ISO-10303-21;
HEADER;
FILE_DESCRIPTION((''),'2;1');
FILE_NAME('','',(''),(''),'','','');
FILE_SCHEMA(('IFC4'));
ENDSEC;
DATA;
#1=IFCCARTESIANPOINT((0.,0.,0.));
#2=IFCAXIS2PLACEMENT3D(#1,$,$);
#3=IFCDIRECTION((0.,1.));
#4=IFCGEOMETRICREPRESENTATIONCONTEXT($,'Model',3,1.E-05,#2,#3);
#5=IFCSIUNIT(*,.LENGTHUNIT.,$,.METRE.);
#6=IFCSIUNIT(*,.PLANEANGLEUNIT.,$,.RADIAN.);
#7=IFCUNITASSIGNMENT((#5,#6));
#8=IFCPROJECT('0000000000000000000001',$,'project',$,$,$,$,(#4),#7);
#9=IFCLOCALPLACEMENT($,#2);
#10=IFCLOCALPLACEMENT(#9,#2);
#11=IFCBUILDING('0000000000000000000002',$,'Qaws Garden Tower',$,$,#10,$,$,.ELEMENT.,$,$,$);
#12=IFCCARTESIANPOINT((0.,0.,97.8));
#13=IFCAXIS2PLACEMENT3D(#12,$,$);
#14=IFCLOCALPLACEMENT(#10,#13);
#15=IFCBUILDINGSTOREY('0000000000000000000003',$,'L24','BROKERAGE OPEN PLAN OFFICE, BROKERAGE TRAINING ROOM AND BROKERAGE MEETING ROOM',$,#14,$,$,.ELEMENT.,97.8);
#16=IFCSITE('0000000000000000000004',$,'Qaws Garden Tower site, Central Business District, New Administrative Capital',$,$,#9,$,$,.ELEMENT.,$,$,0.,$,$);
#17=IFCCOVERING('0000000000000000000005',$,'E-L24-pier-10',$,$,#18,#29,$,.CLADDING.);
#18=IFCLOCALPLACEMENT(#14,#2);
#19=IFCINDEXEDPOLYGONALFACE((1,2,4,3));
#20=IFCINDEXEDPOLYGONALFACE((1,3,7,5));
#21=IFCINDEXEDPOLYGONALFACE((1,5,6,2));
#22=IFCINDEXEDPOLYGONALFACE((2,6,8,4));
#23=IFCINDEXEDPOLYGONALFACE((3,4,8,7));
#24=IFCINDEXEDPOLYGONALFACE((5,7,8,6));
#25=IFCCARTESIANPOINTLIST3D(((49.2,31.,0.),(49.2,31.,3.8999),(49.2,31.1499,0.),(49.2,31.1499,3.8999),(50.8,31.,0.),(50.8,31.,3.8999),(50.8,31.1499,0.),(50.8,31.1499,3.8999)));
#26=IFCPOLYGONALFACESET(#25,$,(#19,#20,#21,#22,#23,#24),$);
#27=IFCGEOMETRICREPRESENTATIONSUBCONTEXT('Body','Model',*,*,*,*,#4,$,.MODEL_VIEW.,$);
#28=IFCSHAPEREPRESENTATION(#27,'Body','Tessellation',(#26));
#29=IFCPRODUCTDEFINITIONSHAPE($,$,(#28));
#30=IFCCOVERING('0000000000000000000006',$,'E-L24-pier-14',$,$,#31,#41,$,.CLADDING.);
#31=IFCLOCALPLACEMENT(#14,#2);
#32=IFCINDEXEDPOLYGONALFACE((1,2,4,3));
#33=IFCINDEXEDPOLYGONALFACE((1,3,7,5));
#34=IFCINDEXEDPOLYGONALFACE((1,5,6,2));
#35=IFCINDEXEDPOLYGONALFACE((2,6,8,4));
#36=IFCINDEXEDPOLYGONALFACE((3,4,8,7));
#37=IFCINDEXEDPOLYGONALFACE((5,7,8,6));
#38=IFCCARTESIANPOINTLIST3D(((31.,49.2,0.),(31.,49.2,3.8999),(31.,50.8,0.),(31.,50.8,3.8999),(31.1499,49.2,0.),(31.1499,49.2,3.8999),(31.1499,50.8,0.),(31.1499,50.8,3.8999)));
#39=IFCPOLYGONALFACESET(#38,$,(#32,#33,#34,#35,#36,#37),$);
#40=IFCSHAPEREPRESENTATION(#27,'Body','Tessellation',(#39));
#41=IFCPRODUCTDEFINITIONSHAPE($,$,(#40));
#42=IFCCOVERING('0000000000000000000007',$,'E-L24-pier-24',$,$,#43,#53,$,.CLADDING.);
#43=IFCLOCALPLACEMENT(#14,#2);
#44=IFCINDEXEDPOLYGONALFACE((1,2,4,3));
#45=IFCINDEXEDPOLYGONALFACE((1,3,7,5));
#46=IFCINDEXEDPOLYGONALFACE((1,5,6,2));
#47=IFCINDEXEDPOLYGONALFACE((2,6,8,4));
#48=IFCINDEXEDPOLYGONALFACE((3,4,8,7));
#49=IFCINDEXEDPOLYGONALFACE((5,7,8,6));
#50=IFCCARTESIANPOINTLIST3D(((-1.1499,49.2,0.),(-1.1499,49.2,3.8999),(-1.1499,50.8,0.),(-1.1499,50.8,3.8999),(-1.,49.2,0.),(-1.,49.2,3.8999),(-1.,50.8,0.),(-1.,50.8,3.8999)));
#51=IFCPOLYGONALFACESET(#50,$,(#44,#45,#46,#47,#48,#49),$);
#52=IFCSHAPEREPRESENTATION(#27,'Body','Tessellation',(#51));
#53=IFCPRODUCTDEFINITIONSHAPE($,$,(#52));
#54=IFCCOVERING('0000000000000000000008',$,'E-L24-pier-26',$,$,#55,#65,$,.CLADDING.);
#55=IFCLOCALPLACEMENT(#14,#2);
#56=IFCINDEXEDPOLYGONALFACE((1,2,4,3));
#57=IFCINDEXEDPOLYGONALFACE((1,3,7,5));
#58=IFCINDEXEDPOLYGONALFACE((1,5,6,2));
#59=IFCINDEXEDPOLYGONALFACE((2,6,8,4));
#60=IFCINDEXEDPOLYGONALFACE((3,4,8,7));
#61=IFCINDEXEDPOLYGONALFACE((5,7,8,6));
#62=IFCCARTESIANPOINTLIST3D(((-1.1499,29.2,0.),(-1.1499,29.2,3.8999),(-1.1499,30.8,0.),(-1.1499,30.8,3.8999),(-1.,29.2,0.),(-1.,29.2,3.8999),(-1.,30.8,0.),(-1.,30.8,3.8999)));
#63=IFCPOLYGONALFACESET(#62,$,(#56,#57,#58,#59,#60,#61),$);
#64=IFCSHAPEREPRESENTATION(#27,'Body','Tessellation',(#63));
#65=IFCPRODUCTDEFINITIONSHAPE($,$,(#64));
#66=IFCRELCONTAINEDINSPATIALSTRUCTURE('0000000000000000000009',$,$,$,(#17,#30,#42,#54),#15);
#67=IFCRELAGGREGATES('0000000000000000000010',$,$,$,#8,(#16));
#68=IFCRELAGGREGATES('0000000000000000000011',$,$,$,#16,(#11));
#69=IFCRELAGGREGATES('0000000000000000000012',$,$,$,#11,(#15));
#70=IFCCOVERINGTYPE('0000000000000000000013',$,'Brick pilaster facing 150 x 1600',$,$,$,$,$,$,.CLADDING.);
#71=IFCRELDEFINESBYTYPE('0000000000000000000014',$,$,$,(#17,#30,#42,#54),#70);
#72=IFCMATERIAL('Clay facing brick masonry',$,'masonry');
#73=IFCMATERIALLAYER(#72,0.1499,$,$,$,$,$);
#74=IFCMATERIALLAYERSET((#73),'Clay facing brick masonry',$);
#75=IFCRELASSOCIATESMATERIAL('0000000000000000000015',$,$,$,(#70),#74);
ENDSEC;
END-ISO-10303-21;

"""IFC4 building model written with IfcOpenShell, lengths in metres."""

from ifc_helpers import new_model, si_unit, direction, frame, origin, place, context, subcontext, project, spatial, polyline, outline, extrude, material, layer, layer_set, type_object, element, save


model = new_model("IFC4")

# Units and contexts
model_context = context("Model", 3, precision=1e-05, world=origin(), true_north=direction((0.0, 1.0)))
body_context = subcontext(model_context, "Body", "Model", "MODEL_VIEW")
ifc_project = project(units=[si_unit("LENGTHUNIT", "METRE"), si_unit("PLANEANGLEUNIT", "RADIAN")], contexts=[model_context])

# Site, building, storey
site_placement = place(None, origin())
site = spatial("IfcSite", under=ifc_project, at=site_placement, Name="Qaws Garden Tower site, Central Business District, New Administrative Capital", CompositionType="ELEMENT", RefElevation=0.0)
building_placement = place(site_placement, origin())
building = spatial("IfcBuilding", under=site, at=building_placement, Name="Qaws Garden Tower", CompositionType="ELEMENT")
storey_placement = place(building_placement, frame((0.0, 0.0, 97.8)))
storey = spatial("IfcBuildingStorey", under=building, at=storey_placement, Name="L24", Description="BROKERAGE OPEN PLAN OFFICE, BROKERAGE TRAINING ROOM AND BROKERAGE MEETING ROOM", CompositionType="ELEMENT", Elevation=97.8)

# Shared definitions
placement = place(storey_placement, origin())

# Coverings
ifc_material_1 = material(Name="Clay facing brick masonry", Category="masonry")
ifc_layer_1 = layer(ifc_material_1, 0.1499)
ifc_layer_set_1 = layer_set([ifc_layer_1], Name="Clay facing brick masonry")
covering_type = type_object("IfcCoveringType", Name="Brick pilaster facing 150 x 1600", PredefinedType="CLADDING", material=ifc_layer_set_1)
element("IfcCovering", 1, at=placement, inside=storey, type_object=covering_type, Name="E-L24-pier-10", PredefinedType="CLADDING", context=body_context, shape_type="SweptSolid", body=[
    extrude(outline(polyline([(50.8, 31.0), (49.2, 31.0), (49.2, 31.1499), (50.8, 31.1499), (50.8, 31.0)])), origin(), (0.0, 0.0, 1.0), 3.8999),
])
element("IfcCovering", 2, at=placement, inside=storey, type_object=covering_type, Name="E-L24-pier-14", PredefinedType="CLADDING", context=body_context, shape_type="SweptSolid", body=[
    extrude(outline(polyline([(31.0, 49.2), (31.0, 50.8), (31.1499, 50.8), (31.1499, 49.2), (31.0, 49.2)])), origin(), (0.0, 0.0, 1.0), 3.8999),
])
element("IfcCovering", 3, at=placement, inside=storey, type_object=covering_type, Name="E-L24-pier-24", PredefinedType="CLADDING", context=body_context, shape_type="SweptSolid", body=[
    extrude(outline(polyline([(-1.0, 50.8), (-1.0, 49.2), (-1.1499, 49.2), (-1.1499, 50.8), (-1.0, 50.8)])), origin(), (0.0, 0.0, 1.0), 3.8999),
])
element("IfcCovering", 4, at=placement, inside=storey, type_object=covering_type, Name="E-L24-pier-26", PredefinedType="CLADDING", context=body_context, shape_type="SweptSolid", body=[
    extrude(outline(polyline([(-1.0, 30.8), (-1.0, 29.2), (-1.1499, 29.2), (-1.1499, 30.8), (-1.0, 30.8)])), origin(), (0.0, 0.0, 1.0), 3.8999),
])

save(model, "model.ifc")
